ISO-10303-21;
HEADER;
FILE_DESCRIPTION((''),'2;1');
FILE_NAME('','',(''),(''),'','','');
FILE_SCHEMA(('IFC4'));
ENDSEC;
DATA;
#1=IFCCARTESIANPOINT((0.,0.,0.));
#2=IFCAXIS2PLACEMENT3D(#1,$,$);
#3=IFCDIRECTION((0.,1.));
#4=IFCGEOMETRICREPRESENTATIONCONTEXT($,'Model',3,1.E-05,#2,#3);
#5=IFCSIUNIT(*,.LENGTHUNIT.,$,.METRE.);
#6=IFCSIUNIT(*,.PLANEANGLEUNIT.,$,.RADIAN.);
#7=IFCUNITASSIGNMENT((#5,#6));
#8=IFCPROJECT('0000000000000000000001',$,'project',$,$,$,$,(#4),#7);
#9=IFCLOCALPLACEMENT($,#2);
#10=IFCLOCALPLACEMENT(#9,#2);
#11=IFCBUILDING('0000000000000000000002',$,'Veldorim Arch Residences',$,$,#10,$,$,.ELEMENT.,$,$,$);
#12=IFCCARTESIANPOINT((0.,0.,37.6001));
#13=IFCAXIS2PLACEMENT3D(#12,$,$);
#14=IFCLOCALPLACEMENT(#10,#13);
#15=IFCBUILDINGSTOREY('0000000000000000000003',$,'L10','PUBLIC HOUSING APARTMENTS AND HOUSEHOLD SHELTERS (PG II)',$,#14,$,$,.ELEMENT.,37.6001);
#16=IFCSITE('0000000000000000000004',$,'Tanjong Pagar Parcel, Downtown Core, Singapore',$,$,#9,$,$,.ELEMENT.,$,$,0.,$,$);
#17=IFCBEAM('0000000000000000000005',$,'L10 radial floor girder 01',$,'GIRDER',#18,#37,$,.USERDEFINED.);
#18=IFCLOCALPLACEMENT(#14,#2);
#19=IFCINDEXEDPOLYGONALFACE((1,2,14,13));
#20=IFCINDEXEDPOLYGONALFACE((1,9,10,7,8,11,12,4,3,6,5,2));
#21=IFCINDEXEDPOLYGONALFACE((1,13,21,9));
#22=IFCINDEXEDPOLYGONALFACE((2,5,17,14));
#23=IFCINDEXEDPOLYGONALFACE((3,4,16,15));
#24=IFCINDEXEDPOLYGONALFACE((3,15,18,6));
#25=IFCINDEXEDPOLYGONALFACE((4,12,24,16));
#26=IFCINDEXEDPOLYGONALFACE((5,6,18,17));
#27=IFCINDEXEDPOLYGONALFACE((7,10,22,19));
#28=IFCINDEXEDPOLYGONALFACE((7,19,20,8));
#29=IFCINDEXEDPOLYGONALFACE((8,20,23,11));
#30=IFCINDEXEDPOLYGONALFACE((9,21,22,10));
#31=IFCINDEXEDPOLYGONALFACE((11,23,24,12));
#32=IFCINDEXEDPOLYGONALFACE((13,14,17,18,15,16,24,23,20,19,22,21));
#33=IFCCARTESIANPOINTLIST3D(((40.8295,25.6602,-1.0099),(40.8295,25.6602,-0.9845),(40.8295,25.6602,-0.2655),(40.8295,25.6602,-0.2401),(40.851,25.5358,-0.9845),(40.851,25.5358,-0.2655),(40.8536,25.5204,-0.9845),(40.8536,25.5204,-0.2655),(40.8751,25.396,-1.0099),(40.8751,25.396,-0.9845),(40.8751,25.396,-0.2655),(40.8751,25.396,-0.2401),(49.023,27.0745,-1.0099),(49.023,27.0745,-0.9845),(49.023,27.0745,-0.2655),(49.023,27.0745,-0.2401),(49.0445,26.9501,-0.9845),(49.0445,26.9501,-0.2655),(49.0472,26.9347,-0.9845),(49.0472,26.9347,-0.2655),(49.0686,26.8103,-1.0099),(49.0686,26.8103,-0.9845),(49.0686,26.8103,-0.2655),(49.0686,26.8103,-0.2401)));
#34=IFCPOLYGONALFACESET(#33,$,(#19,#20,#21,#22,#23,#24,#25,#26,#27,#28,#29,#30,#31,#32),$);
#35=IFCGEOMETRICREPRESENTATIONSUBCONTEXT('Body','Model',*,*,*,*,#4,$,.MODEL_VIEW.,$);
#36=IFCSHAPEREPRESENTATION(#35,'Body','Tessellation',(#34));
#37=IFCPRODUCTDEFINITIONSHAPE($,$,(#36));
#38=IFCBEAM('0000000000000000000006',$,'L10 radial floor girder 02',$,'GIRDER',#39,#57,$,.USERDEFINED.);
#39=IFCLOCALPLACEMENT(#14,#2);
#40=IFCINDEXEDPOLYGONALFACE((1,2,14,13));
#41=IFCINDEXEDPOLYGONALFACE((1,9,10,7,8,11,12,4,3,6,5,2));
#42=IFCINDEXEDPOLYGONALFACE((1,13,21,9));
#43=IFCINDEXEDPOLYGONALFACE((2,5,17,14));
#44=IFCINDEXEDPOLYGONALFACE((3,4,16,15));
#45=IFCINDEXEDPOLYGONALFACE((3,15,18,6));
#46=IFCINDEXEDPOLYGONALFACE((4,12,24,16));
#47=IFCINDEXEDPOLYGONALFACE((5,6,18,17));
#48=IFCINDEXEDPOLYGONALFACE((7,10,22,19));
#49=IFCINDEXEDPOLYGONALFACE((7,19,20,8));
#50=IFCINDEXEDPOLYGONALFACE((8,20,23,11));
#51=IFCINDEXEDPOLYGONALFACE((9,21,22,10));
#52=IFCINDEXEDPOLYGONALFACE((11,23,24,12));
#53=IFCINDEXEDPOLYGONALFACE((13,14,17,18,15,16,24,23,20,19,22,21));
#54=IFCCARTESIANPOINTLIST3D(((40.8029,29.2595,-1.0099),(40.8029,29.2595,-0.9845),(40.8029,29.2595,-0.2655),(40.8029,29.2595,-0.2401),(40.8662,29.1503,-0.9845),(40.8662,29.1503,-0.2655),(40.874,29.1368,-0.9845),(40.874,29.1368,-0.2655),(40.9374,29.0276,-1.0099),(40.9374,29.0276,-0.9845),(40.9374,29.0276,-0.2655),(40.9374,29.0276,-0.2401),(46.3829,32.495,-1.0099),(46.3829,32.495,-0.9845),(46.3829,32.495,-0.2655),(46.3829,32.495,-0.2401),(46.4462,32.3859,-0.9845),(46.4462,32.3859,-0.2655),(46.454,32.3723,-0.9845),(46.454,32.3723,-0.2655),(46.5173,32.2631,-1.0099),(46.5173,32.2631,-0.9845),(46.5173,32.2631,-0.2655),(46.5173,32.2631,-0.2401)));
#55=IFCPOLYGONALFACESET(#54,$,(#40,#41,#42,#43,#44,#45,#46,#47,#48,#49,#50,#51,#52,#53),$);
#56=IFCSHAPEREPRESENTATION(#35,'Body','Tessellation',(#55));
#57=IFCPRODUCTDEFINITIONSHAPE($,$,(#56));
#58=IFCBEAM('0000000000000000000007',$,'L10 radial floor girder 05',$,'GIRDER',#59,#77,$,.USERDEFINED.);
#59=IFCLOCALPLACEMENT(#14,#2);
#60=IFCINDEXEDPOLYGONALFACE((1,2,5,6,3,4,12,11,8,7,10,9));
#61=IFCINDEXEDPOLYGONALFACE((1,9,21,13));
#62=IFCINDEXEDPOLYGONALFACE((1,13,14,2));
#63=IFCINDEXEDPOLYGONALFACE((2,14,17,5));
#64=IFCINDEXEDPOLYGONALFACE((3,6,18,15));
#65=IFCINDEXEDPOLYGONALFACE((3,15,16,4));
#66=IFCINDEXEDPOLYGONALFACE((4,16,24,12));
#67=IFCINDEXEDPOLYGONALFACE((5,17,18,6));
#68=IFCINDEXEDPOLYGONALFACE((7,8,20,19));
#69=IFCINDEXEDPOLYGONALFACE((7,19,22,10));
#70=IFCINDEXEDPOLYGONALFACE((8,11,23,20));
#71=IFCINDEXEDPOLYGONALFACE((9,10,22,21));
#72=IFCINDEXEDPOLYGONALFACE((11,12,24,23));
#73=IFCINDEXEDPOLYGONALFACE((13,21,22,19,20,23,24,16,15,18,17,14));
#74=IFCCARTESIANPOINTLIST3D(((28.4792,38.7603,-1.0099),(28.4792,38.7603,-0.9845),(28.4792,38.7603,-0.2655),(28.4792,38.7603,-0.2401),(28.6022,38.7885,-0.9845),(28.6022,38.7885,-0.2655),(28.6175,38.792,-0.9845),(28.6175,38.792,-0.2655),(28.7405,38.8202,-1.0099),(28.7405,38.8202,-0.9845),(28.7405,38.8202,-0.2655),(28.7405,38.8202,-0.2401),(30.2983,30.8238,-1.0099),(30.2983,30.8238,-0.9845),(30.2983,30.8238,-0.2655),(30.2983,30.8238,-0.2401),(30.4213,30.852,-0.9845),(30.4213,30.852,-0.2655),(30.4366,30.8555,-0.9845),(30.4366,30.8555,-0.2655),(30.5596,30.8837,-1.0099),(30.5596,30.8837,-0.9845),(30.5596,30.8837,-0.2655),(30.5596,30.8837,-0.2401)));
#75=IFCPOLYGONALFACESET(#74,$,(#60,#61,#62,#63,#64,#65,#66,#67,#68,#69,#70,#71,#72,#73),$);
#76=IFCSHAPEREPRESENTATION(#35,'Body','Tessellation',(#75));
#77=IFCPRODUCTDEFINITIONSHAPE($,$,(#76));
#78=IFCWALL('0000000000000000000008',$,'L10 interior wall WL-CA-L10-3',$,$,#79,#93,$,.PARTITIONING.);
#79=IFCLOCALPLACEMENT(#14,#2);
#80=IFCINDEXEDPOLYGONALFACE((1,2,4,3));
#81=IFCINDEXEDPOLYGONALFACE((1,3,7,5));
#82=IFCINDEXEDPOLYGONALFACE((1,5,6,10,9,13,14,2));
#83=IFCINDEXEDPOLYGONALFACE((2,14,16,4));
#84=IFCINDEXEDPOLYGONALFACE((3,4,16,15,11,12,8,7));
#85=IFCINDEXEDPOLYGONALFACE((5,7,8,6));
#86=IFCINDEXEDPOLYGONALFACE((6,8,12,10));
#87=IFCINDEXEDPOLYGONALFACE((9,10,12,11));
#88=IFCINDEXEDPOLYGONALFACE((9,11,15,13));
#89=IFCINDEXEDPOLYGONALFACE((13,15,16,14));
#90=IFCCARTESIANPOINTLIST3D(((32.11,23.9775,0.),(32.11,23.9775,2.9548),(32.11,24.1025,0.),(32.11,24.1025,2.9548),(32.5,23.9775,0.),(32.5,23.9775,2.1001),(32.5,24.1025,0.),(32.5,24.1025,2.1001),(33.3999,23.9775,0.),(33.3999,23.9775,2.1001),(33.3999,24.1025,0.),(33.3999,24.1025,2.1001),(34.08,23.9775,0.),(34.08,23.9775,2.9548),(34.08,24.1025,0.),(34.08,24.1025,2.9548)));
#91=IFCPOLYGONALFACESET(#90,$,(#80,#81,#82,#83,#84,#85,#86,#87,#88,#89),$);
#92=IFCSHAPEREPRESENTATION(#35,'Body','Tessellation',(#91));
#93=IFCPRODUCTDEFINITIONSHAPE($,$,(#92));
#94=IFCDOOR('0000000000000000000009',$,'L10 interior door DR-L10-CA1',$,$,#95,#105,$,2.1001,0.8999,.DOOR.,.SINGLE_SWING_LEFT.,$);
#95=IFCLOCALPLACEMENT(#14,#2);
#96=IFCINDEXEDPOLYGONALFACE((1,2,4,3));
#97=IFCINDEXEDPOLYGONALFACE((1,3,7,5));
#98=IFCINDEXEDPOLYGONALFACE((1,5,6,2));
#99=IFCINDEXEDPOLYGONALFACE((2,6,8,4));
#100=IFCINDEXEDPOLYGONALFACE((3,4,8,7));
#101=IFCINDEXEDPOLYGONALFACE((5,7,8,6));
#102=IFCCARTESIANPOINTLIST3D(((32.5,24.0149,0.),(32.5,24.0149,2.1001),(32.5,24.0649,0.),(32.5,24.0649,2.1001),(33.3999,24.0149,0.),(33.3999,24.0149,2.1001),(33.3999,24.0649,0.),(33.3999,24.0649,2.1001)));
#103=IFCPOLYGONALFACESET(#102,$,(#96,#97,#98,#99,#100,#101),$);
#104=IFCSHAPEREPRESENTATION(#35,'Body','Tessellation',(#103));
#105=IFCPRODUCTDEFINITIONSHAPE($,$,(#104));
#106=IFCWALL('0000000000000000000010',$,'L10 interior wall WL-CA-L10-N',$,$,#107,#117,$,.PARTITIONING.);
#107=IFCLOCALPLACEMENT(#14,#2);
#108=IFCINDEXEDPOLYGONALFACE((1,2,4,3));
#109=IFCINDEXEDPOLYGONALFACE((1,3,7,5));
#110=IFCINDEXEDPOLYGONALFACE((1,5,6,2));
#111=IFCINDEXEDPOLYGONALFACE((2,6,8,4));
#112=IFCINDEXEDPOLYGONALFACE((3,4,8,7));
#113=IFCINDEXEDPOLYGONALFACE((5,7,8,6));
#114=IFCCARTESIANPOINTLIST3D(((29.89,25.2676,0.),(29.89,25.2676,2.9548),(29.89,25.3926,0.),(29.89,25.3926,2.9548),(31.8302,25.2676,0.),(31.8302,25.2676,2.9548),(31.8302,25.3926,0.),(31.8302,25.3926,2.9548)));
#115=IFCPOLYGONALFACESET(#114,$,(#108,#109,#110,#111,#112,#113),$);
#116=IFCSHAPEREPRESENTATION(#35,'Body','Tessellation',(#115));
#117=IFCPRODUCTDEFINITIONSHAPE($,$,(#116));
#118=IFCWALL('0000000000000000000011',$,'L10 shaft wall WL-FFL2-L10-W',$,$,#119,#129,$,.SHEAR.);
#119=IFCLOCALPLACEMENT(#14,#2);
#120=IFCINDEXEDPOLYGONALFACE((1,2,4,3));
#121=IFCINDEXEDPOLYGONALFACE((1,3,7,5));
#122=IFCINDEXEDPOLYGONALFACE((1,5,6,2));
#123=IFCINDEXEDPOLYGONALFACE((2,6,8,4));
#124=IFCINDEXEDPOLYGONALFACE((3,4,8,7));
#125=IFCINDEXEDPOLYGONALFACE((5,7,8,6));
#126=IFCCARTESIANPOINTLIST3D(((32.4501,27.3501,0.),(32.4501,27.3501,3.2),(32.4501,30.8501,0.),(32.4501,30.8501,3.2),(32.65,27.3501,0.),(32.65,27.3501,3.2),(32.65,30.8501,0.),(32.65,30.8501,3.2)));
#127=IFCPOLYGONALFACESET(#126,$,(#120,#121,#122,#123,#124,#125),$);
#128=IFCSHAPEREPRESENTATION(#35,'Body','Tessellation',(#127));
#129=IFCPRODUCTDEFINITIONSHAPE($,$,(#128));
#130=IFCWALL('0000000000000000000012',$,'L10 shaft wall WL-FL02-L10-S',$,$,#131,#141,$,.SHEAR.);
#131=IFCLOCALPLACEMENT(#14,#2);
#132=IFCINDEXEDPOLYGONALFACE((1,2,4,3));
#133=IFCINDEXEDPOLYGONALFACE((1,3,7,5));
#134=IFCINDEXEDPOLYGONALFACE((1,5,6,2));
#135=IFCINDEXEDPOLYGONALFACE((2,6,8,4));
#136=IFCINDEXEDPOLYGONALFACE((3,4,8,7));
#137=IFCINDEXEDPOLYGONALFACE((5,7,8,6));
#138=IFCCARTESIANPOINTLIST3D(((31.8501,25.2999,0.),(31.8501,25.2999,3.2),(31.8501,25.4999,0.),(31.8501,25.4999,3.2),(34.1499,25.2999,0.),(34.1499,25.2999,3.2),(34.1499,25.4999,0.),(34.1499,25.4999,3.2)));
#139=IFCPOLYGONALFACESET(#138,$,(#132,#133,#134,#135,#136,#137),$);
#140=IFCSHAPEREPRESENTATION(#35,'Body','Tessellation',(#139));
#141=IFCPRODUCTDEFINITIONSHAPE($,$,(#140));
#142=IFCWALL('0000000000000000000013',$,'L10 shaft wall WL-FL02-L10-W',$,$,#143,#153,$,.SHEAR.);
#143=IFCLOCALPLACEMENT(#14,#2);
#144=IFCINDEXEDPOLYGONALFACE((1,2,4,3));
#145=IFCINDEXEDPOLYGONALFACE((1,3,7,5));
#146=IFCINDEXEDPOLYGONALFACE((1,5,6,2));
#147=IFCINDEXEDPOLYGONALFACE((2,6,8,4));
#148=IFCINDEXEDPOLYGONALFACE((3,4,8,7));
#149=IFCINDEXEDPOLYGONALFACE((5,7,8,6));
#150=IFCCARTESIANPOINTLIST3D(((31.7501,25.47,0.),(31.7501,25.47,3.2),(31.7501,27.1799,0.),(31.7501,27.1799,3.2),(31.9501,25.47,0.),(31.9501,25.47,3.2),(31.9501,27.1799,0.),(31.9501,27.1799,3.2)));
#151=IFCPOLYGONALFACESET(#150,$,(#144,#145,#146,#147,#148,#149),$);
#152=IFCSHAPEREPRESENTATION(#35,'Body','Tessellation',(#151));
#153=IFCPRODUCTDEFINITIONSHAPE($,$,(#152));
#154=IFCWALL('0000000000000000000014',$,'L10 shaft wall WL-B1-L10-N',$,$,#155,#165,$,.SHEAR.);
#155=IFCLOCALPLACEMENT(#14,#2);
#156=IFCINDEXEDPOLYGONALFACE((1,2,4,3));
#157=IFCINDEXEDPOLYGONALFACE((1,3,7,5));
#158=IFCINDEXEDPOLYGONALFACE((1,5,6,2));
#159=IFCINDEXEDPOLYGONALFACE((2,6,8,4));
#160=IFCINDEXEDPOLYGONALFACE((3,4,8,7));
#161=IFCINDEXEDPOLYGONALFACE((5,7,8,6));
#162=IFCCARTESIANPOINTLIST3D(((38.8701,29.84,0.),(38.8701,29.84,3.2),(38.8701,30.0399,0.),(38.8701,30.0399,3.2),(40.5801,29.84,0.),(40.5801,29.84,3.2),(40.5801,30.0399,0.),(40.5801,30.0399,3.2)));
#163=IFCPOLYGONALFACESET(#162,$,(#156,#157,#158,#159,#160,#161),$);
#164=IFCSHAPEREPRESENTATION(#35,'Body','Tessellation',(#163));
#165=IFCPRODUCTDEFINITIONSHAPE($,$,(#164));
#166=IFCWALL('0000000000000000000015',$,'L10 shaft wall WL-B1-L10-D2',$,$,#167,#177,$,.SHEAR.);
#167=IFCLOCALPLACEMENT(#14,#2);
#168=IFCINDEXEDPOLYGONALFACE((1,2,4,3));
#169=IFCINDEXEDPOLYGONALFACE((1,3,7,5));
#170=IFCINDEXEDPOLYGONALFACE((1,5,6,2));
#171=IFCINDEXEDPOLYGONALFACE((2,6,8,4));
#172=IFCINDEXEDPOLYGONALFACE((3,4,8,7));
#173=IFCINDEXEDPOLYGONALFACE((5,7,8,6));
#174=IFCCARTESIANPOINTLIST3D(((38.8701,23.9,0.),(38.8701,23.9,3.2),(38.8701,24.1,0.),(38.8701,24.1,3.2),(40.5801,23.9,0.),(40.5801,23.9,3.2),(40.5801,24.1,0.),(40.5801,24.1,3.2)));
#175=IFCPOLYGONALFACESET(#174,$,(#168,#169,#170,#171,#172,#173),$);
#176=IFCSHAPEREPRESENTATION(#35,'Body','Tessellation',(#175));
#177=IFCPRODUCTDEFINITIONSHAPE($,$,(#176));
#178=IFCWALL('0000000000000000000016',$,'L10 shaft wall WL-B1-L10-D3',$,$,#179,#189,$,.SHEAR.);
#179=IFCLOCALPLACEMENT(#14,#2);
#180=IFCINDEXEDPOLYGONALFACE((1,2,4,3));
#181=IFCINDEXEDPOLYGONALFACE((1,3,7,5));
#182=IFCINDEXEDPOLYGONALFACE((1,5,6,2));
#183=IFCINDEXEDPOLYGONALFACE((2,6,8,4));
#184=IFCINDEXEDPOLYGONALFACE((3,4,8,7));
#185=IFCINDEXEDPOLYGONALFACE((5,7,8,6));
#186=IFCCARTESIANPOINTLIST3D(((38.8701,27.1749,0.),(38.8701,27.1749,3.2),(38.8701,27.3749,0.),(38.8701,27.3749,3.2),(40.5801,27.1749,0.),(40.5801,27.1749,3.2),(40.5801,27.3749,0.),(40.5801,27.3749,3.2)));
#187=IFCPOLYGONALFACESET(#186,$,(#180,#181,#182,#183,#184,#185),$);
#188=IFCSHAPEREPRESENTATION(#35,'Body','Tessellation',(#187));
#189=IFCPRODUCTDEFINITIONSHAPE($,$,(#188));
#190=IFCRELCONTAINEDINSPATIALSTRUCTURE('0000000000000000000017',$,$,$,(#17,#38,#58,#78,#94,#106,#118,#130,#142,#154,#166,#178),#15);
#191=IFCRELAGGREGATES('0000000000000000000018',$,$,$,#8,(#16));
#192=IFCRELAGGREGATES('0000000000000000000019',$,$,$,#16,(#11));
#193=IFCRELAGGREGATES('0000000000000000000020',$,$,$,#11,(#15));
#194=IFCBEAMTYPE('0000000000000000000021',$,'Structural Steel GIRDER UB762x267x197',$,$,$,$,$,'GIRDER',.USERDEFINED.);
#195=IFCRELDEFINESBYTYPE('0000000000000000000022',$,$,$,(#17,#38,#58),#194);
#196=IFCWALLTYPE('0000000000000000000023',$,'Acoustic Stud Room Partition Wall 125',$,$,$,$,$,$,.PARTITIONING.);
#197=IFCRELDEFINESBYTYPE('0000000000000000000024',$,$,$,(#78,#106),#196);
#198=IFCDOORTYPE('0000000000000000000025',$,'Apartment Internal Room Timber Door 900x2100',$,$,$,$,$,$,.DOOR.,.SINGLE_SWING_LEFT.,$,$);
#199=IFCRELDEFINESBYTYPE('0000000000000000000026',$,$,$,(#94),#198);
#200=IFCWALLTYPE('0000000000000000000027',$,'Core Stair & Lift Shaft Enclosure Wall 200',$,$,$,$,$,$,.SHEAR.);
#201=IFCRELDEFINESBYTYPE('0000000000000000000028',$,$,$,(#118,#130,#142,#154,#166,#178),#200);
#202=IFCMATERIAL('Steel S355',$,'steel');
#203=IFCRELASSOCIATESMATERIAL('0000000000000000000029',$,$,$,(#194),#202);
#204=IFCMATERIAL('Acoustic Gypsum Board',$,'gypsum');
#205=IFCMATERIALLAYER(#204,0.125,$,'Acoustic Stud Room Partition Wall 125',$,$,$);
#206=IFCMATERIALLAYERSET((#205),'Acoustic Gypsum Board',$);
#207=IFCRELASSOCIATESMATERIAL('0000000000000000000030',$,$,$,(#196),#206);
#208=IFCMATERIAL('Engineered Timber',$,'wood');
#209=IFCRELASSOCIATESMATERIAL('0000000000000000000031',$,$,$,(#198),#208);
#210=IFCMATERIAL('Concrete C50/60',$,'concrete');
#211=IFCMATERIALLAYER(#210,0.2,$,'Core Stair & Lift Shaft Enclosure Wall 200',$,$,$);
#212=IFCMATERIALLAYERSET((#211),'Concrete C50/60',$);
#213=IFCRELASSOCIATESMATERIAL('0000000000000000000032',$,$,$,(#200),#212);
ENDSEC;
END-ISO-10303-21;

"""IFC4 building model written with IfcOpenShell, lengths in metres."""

from ifc_helpers import new_model, si_unit, direction, frame, frame_2d, origin, origin_2d, place, context, subcontext, project, spatial, rectangle, i_section, extrude, material, layer, layer_set, material_profile, profile_set, type_object, element, fill, save


model = new_model("IFC4")

# Units and contexts
model_context = context("Model", 3, precision=1e-05, world=origin(), true_north=direction((0.0, 1.0)))
body_context = subcontext(model_context, "Body", "Model", "MODEL_VIEW")
ifc_project = project(units=[si_unit("LENGTHUNIT", "METRE"), si_unit("PLANEANGLEUNIT", "RADIAN")], contexts=[model_context])

# Site, building, storey
site_placement = place(None, origin())
site = spatial("IfcSite", under=ifc_project, at=site_placement, Name="Tanjong Pagar Parcel, Downtown Core, Singapore", CompositionType="ELEMENT", RefElevation=0.0)
building_placement = place(site_placement, origin())
building = spatial("IfcBuilding", under=site, at=building_placement, Name="Veldorim Arch Residences", CompositionType="ELEMENT")
storey_placement = place(building_placement, frame((0.0, 0.0, 37.6001)))
storey = spatial("IfcBuildingStorey", under=building, at=storey_placement, Name="L10", Description="PUBLIC HOUSING APARTMENTS AND HOUSEHOLD SHELTERS (PG II)", CompositionType="ELEMENT", Elevation=37.6001)

# Beams
ifc_material_1 = material(Name="Steel S355", Category="steel")
ifc_material_profile = material_profile(ifc_material_1, i_section(OverallWidth=0.2681, OverallDepth=0.7698, WebThickness=0.0156, FlangeThickness=0.0254, at=origin_2d()), Name="UB762x267x197")
ifc_profile_set = profile_set([ifc_material_profile], Name="Steel S355")
beam_type = type_object("IfcBeamType", Name="Structural Steel GIRDER UB762x267x197", ElementType="GIRDER", PredefinedType="USERDEFINED", material=ifc_profile_set)
beam_1_placement = place(storey_placement, frame((40.8523, 25.5281, -0.625), z_axis=(0.985428, 0.170096, 0.0), x_axis=(-0.170096, 0.985428, 0.0)))
element("IfcBeam", 1, at=beam_1_placement, inside=storey, type_object=beam_type, Name="L10 radial floor girder 01", ObjectType="GIRDER", PredefinedType="USERDEFINED", context=body_context, shape_type="SweptSolid", body=[
    extrude(i_section(OverallWidth=0.2681, OverallDepth=0.7698, WebThickness=0.0156, FlangeThickness=0.0254, at=origin_2d()), origin(), (0.0, 0.0, 1.0), 8.3147),
])
beam_2_placement = place(storey_placement, frame((40.8701, 29.1436, -0.625), z_axis=(0.865088, 0.50162, 0.0), x_axis=(-0.50162, 0.865088, 0.0)))
element("IfcBeam", 2, at=beam_2_placement, inside=storey, type_object=beam_type, Name="L10 radial floor girder 02", ObjectType="GIRDER", PredefinedType="USERDEFINED", context=body_context, shape_type="SweptSolid", body=[
    extrude(i_section(OverallWidth=0.2681, OverallDepth=0.7698, WebThickness=0.0156, FlangeThickness=0.0254, at=origin_2d()), origin(), (0.0, 0.0, 1.0), 6.4502),
])
beam_3_placement = place(storey_placement, frame((30.429, 30.8538, -0.625), z_axis=(-0.223412, 0.974724, 0.0), x_axis=(-0.974724, -0.223412, 0.0)))
element("IfcBeam", 3, at=beam_3_placement, inside=storey, type_object=beam_type, Name="L10 radial floor girder 05", ObjectType="GIRDER", PredefinedType="USERDEFINED", context=body_context, shape_type="SweptSolid", body=[
    extrude(i_section(OverallWidth=0.2681, OverallDepth=0.7698, WebThickness=0.0156, FlangeThickness=0.0254, at=origin_2d()), origin(), (0.0, 0.0, 1.0), 8.1423),
])

# Wall, opening, door
ifc_material_2 = material(Name="Acoustic Gypsum Board", Category="gypsum")
ifc_layer_1 = layer(ifc_material_2, 0.125, Name="Acoustic Stud Room Partition Wall 125")
ifc_layer_set_1 = layer_set([ifc_layer_1], Name="Acoustic Gypsum Board")
wall_type_1 = type_object("IfcWallType", Name="Acoustic Stud Room Partition Wall 125", PredefinedType="PARTITIONING", material=ifc_layer_set_1)
wall_1_placement = place(storey_placement, frame((32.1101, 24.04, 0.0), z_axis=(0.0, 0.0, 1.0), x_axis=(1.0, 0.0, 0.0)))
wall_1 = element("IfcWall", 4, at=wall_1_placement, inside=storey, type_object=wall_type_1, Name="L10 interior wall WL-CA-L10-3", PredefinedType="PARTITIONING", context=body_context, shape_type="SweptSolid", body=[
    extrude(rectangle(XDim=1.97, YDim=0.125, at=frame_2d((0.9849, 0.0))), origin(), (0.0, 0.0, 1.0), 2.9548),
])
opening_1_placement = place(wall_1_placement, frame((0.3899, 0.0, 0.0)))
opening_1 = element("IfcOpeningElement", 5, at=opening_1_placement, cuts=wall_1, PredefinedType="OPENING", context=body_context, shape_type="SweptSolid", body=[
    extrude(rectangle(XDim=0.8999, YDim=2.1001, at=frame_2d((0.45, 1.05))), frame((0.0, 0.0725, 0.0), z_axis=(0.0, -1.0, 0.0), x_axis=(1.0, 0.0, 0.0)), (0.0, 0.0, 1.0), 0.145),
])
ifc_material_3 = material(Name="Engineered Timber", Category="wood")
door_type_1 = type_object("IfcDoorType", Name="Apartment Internal Room Timber Door 900x2100", OperationType="SINGLE_SWING_LEFT", PredefinedType="DOOR", material=ifc_material_3)
door_1_placement = place(opening_1_placement, origin())
door_1 = element("IfcDoor", 6, at=door_1_placement, inside=storey, type_object=door_type_1, Name="L10 interior door DR-L10-CA1", OperationType="SINGLE_SWING_LEFT", OverallHeight=2.1001, OverallWidth=0.8999, PredefinedType="DOOR", context=body_context, shape_type="SweptSolid", body=[
    extrude(rectangle(XDim=0.8999, YDim=2.1001, at=frame_2d((0.45, 1.05))), frame((0.0, 0.0249, 0.0), z_axis=(0.0, -1.0, 0.0), x_axis=(1.0, 0.0, 0.0)), (0.0, 0.0, 1.0), 0.05),
])
fill(opening_1, door_1)

# Wall
wall_2_placement = place(storey_placement, frame((29.8899, 25.3301, 0.0), z_axis=(0.0, 0.0, 1.0), x_axis=(1.0, 0.0, 0.0)))
element("IfcWall", 7, at=wall_2_placement, inside=storey, type_object=wall_type_1, Name="L10 interior wall WL-CA-L10-N", PredefinedType="PARTITIONING", context=body_context, shape_type="SweptSolid", body=[
    extrude(rectangle(XDim=1.9402, YDim=0.125, at=frame_2d((0.9702, 0.0))), origin(), (0.0, 0.0, 1.0), 2.9548),
])

# Shared definitions
ifc_material_4 = material(Name="Concrete C50/60", Category="concrete")
ifc_layer_2 = layer(ifc_material_4, 0.2, Name="Core Stair & Lift Shaft Enclosure Wall 200")
ifc_layer_set_2 = layer_set([ifc_layer_2], Name="Concrete C50/60")
wall_type_2 = type_object("IfcWallType", Name="Core Stair & Lift Shaft Enclosure Wall 200", PredefinedType="SHEAR", material=ifc_layer_set_2)

# Wall
wall_3_placement = place(storey_placement, frame((32.55, 27.3501, 0.0), z_axis=(0.0, 0.0, 1.0), x_axis=(0.0, 1.0, 0.0)))
element("IfcWall", 8, at=wall_3_placement, inside=storey, type_object=wall_type_2, Name="L10 shaft wall WL-FFL2-L10-W", PredefinedType="SHEAR", context=body_context, shape_type="SweptSolid", body=[
    extrude(rectangle(XDim=3.5, YDim=0.2, at=frame_2d((1.75, 0.0))), origin(), (0.0, 0.0, 1.0), 3.2),
])

# Walls
wall_4_placement = place(storey_placement, frame((31.8501, 25.3999, 0.0), z_axis=(0.0, 0.0, 1.0), x_axis=(1.0, 0.0, 0.0)))
element("IfcWall", 9, at=wall_4_placement, inside=storey, type_object=wall_type_2, Name="L10 shaft wall WL-FL02-L10-S", PredefinedType="SHEAR", context=body_context, shape_type="SweptSolid", body=[
    extrude(rectangle(XDim=2.2998, YDim=0.2, at=frame_2d((1.1499, 0.0))), origin(), (0.0, 0.0, 1.0), 3.2),
])
for number, where, z_axis, x_axis, name in (
    (10, (31.8501, 25.47, 0.0), (0.0, 0.0, 1.0), (0.0, 1.0, 0.0), "L10 shaft wall WL-FL02-L10-W"),
    (11, (38.8701, 29.9399, 0.0), (0.0, 0.0, 1.0), (1.0, 0.0, 0.0), "L10 shaft wall WL-B1-L10-N"),
    (12, (38.8701, 24.0, 0.0), (0.0, 0.0, 1.0), (1.0, 0.0, 0.0), "L10 shaft wall WL-B1-L10-D2"),
    (13, (38.8701, 27.2749, 0.0), (0.0, 0.0, 1.0), (1.0, 0.0, 0.0), "L10 shaft wall WL-B1-L10-D3"),
):
    element("IfcWall", number, at=place(storey_placement, frame(where, z_axis=z_axis, x_axis=x_axis)), inside=storey, type_object=wall_type_2, Name=name, PredefinedType="SHEAR", context=body_context, shape_type="SweptSolid", body=[
        extrude(rectangle(XDim=1.71, YDim=0.2, at=frame_2d((0.855, 0.0))), origin(), (0.0, 0.0, 1.0), 3.2),
    ])

save(model, "model.ifc")
